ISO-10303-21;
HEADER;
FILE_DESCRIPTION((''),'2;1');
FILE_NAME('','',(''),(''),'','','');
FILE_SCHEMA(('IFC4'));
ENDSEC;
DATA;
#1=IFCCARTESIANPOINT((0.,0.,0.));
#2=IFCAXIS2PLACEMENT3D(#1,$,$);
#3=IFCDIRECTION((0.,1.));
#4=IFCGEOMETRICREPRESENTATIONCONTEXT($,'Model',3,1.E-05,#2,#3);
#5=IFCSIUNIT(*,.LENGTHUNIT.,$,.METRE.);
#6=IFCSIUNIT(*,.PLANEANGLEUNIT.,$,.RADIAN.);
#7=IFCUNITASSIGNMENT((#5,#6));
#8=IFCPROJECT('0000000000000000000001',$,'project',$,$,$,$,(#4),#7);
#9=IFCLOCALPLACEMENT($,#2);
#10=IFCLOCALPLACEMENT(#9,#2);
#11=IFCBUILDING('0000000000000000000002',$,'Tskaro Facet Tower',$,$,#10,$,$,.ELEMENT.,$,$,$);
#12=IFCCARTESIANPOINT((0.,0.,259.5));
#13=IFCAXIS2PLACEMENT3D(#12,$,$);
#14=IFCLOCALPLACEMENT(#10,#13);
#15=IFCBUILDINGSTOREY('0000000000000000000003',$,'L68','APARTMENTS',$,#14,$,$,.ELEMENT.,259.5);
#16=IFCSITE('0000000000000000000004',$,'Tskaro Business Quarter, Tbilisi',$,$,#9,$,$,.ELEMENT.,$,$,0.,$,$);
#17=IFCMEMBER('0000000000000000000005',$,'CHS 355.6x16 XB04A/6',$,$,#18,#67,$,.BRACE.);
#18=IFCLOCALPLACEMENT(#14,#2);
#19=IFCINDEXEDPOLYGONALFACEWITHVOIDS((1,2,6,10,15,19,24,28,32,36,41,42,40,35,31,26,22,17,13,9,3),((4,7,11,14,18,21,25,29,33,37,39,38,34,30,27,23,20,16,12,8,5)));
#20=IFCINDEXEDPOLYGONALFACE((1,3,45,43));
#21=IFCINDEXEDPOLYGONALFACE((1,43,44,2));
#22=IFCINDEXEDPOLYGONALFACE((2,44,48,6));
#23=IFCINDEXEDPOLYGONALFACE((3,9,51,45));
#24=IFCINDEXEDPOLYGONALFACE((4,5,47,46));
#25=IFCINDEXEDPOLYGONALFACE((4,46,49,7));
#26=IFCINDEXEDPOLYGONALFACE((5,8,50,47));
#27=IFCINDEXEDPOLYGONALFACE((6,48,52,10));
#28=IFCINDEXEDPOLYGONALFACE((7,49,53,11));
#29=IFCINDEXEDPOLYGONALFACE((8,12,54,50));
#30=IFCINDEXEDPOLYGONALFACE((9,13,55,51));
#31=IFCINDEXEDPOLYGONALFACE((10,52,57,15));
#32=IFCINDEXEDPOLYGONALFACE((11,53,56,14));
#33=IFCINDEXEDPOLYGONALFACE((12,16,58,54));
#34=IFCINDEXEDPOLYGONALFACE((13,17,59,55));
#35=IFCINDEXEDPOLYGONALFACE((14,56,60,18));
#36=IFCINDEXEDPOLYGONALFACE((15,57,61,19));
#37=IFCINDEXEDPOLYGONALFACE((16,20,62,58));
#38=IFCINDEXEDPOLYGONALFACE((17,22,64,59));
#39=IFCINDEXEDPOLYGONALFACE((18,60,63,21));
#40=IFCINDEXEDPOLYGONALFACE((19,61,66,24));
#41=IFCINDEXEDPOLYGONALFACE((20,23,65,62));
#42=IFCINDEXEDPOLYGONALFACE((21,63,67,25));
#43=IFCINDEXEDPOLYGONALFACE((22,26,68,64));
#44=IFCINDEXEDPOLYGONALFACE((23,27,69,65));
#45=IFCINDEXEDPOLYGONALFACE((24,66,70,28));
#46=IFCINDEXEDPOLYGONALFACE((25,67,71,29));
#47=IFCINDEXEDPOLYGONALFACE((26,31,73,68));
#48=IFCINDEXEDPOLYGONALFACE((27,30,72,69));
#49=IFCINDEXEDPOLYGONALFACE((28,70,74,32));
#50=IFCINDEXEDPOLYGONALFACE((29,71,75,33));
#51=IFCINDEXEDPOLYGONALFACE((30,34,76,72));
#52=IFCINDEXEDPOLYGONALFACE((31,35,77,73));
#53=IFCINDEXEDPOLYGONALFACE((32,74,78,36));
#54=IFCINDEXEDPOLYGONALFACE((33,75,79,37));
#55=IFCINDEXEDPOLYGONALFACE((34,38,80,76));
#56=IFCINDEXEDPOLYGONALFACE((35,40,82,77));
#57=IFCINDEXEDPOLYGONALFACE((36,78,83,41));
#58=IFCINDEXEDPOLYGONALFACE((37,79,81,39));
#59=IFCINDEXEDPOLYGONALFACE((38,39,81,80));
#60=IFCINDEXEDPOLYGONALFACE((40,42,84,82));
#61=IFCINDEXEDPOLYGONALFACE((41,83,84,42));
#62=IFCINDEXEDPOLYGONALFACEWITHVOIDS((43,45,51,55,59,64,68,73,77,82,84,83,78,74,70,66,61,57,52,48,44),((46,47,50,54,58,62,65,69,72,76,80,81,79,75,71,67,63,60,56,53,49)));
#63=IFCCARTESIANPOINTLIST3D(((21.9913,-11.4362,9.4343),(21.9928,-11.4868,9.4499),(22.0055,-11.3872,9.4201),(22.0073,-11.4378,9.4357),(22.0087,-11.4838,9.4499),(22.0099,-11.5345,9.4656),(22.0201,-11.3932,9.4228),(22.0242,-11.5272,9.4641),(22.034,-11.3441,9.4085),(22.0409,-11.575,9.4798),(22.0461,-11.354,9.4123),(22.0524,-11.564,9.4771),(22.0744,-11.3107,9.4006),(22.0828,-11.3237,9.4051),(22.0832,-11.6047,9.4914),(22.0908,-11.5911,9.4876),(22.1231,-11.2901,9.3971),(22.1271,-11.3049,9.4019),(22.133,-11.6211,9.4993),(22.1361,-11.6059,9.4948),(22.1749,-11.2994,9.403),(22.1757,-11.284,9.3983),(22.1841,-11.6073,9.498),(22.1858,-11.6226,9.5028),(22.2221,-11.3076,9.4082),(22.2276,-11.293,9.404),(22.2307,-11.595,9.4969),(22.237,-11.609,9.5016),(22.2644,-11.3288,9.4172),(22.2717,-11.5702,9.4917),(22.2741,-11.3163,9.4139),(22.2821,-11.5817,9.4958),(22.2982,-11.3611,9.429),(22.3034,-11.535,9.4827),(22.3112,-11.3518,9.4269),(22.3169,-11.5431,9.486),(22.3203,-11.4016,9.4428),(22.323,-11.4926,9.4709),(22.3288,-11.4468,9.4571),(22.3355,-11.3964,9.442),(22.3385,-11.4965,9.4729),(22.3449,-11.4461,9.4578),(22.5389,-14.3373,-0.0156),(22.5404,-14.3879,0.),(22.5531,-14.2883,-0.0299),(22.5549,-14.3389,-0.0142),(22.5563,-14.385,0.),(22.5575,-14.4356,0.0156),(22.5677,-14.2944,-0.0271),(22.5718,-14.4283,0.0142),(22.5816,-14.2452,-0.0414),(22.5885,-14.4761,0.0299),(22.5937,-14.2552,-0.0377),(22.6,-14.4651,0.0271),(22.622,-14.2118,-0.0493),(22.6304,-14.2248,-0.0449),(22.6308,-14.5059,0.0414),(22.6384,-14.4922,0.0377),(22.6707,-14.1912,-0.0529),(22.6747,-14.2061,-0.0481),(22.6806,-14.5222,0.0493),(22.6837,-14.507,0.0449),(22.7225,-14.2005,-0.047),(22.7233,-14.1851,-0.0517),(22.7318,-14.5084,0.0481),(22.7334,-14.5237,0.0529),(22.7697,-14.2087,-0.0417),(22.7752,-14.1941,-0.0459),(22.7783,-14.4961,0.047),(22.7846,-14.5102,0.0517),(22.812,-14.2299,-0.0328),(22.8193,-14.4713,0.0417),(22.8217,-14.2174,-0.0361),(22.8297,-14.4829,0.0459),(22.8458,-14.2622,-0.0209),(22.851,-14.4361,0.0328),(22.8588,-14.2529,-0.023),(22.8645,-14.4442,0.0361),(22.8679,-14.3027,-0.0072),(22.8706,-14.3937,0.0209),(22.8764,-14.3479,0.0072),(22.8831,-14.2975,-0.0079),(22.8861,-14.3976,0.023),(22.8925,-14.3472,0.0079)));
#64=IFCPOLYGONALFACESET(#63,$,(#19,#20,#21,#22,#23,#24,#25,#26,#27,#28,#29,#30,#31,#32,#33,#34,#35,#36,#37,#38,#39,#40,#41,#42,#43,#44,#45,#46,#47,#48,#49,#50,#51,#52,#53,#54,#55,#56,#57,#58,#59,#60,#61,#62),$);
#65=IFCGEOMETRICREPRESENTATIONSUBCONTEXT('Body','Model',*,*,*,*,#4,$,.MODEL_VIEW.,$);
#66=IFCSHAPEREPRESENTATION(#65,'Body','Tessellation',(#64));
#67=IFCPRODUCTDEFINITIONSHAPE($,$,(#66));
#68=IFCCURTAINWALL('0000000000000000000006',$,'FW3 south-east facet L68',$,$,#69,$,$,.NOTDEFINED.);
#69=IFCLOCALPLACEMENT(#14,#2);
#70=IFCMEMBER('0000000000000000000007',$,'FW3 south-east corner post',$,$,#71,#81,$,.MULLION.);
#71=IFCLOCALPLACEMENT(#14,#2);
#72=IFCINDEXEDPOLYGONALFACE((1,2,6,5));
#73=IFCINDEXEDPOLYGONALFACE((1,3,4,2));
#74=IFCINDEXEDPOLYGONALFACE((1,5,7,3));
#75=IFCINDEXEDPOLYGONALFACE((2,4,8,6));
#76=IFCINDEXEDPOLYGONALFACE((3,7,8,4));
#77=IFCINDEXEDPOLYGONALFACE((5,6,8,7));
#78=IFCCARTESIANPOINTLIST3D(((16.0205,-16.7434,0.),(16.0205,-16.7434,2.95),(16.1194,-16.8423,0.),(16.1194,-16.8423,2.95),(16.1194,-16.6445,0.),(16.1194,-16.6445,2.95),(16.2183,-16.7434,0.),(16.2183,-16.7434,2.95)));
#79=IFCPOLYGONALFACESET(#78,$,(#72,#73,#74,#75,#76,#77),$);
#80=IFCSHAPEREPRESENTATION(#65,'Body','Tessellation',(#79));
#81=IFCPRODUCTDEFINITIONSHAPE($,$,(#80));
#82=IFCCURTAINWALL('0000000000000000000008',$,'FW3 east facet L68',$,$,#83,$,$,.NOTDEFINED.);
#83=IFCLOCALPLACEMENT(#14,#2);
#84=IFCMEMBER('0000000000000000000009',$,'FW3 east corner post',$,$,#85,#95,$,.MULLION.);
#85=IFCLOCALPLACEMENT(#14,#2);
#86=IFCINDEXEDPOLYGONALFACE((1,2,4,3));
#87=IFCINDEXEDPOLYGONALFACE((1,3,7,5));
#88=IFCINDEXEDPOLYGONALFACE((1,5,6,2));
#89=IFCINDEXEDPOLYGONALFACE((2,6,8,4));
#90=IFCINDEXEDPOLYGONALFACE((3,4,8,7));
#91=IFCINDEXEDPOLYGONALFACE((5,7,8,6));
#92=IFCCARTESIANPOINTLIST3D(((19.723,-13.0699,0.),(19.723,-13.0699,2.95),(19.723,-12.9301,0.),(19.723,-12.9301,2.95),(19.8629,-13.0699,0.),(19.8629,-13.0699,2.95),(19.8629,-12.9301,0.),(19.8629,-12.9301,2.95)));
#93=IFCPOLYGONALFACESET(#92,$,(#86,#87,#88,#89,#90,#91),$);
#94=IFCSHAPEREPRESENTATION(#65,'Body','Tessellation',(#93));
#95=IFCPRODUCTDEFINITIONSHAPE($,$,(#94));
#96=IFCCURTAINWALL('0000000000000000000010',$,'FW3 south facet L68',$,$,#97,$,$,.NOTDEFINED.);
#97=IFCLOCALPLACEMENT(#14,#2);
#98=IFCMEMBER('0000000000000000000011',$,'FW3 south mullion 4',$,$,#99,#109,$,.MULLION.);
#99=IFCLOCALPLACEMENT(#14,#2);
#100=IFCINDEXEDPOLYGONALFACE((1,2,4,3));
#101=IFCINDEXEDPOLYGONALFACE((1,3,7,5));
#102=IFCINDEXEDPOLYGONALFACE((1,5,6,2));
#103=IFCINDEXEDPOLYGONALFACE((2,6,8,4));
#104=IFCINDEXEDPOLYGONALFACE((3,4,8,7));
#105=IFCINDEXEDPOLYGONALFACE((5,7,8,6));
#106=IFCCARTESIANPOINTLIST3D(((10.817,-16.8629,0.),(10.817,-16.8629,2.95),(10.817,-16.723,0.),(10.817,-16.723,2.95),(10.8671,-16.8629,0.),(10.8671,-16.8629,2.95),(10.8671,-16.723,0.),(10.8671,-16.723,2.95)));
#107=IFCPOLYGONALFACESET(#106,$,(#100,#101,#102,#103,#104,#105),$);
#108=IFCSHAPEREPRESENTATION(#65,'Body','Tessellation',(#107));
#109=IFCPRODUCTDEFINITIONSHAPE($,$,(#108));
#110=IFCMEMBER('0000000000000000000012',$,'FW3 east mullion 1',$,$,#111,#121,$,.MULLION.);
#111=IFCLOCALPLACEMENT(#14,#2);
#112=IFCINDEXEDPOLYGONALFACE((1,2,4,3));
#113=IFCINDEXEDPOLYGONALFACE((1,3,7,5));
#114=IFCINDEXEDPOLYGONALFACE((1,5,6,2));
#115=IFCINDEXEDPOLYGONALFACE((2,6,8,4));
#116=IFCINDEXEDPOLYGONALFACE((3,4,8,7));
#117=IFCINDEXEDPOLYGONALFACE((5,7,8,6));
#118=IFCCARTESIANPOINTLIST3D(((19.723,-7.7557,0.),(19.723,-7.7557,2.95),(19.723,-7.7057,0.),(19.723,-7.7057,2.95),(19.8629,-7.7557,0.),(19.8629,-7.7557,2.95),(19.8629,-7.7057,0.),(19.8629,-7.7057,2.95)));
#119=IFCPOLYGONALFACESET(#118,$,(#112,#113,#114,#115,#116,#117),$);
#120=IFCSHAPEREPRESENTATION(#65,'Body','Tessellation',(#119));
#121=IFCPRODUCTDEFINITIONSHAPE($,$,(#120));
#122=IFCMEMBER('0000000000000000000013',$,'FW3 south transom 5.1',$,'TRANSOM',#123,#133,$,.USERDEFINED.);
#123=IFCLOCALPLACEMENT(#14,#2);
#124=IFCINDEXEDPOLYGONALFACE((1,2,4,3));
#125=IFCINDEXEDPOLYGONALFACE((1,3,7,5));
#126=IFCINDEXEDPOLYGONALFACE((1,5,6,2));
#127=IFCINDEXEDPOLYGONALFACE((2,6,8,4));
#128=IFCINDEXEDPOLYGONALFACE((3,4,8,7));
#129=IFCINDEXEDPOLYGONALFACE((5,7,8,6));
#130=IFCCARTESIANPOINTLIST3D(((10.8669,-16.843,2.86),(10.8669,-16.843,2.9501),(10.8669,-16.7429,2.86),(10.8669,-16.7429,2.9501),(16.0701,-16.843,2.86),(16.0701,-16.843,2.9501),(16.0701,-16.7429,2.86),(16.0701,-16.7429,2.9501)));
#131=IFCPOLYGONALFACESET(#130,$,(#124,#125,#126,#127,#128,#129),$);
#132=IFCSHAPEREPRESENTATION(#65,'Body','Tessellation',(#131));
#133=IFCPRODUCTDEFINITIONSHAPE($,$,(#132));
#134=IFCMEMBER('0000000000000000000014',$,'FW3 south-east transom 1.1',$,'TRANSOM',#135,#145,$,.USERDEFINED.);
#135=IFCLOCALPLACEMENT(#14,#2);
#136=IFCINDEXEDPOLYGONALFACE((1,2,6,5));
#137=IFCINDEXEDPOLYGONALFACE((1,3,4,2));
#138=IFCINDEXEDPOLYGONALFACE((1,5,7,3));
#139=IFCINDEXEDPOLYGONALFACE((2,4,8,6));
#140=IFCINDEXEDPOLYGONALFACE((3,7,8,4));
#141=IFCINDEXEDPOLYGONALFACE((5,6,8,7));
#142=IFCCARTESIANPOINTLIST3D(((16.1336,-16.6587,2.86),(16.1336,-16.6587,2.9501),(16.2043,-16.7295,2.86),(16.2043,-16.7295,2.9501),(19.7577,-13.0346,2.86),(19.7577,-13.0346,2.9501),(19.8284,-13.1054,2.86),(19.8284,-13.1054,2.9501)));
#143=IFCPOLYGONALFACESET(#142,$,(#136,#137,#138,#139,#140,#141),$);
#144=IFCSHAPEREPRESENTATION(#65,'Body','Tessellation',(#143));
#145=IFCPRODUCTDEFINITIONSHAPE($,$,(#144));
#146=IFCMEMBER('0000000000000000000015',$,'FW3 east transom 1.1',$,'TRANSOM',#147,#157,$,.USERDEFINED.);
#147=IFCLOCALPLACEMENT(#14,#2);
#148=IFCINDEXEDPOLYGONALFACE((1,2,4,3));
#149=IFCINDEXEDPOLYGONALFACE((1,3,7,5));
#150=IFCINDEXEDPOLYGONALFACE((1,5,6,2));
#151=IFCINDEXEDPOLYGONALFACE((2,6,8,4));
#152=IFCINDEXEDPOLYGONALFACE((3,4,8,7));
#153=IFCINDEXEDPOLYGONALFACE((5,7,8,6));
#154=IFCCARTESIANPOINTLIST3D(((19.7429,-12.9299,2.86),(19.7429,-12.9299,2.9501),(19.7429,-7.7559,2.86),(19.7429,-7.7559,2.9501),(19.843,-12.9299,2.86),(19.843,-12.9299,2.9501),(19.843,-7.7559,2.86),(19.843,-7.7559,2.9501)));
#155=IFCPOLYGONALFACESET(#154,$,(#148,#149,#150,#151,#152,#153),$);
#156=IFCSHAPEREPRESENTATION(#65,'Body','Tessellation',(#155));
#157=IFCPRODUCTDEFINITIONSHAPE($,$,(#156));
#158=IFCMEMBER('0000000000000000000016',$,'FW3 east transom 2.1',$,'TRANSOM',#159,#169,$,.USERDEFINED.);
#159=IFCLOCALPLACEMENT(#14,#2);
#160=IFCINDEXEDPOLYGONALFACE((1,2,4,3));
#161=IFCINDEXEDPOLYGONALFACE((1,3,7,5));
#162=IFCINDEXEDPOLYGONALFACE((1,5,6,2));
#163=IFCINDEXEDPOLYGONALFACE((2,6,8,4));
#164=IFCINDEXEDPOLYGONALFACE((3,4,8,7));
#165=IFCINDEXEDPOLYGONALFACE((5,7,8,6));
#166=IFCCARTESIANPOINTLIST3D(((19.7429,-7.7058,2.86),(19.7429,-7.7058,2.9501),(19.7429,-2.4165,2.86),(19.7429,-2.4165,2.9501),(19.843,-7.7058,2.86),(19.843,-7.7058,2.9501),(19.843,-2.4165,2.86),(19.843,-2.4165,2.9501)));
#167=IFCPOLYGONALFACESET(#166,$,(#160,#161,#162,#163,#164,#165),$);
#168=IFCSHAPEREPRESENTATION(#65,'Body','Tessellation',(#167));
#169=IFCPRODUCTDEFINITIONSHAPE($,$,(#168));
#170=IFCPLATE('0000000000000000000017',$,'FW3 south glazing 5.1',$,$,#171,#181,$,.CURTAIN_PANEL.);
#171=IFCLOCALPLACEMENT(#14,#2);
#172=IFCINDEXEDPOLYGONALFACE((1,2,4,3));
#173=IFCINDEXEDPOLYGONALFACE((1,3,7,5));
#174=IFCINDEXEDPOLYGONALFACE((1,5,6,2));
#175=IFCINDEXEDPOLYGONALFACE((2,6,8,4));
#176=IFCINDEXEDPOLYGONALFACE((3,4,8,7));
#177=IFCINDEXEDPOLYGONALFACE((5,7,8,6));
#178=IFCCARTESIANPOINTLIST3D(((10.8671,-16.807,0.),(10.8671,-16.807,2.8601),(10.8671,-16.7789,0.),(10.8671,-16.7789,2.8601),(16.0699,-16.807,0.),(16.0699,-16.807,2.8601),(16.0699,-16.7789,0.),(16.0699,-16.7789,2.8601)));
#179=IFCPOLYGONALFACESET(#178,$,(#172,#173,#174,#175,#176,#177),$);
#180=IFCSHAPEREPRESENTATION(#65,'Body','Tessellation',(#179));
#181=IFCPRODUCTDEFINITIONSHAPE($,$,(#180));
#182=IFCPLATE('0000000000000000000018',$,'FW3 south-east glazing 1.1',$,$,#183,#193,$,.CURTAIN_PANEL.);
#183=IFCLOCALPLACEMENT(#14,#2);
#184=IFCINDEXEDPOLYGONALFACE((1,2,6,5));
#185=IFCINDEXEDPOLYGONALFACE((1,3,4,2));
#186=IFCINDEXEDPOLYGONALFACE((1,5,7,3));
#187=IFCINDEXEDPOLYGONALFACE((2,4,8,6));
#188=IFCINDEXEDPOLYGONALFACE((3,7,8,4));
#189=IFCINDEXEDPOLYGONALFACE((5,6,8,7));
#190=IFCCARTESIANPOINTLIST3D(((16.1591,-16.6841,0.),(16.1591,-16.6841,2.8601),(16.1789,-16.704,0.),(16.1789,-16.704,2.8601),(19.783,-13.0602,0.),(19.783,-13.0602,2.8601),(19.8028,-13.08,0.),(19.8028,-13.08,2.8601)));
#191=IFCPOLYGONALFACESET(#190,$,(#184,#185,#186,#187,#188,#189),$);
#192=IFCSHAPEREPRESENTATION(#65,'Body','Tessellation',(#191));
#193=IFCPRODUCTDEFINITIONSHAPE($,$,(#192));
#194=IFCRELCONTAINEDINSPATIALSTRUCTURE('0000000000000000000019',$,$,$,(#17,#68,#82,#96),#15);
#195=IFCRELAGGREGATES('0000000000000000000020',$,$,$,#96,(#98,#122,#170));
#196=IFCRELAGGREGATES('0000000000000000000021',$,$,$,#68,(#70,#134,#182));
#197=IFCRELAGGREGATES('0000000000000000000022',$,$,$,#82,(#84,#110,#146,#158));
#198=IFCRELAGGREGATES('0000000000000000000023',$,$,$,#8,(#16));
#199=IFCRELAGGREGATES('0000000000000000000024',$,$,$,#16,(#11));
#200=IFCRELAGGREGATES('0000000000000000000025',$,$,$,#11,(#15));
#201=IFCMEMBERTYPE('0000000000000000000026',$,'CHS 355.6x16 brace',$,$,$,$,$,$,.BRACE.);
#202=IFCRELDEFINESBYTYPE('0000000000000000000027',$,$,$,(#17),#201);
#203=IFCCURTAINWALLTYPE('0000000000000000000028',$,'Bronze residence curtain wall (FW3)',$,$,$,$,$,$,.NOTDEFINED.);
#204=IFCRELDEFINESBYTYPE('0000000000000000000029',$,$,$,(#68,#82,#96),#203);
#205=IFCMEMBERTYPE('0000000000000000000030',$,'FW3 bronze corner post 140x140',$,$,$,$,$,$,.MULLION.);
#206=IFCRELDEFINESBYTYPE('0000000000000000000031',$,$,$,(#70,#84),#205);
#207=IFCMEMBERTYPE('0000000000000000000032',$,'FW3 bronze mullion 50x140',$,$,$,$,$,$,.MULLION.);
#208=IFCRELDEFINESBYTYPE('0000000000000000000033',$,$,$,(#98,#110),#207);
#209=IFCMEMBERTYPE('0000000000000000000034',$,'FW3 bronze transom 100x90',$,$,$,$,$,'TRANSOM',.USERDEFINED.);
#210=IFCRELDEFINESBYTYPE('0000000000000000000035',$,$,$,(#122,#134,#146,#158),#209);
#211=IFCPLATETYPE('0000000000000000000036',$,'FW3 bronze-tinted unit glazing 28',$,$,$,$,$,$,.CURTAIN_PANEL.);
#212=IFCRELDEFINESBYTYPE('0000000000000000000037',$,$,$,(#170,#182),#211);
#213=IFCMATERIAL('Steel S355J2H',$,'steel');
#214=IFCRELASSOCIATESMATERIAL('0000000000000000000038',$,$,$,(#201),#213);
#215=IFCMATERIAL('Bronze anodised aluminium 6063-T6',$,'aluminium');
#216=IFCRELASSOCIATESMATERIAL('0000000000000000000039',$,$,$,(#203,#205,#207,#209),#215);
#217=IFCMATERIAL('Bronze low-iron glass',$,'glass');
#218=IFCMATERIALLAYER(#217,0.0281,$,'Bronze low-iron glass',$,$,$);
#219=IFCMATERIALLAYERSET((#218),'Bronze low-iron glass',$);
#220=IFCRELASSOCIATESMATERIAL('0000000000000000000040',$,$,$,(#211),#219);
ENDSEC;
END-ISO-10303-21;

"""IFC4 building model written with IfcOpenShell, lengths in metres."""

from ifc_helpers import new_model, si_unit, direction, frame, origin, origin_2d, place, context, subcontext, project, spatial, rectangle, hollow_circle, extrude, material, layer, layer_set, material_profile, profile_set, type_object, element, aggregate, save


model = new_model("IFC4")

# Units and contexts
model_context = context("Model", 3, precision=1e-05, world=origin(), true_north=direction((0.0, 1.0)))
body_context = subcontext(model_context, "Body", "Model", "MODEL_VIEW")
ifc_project = project(units=[si_unit("LENGTHUNIT", "METRE"), si_unit("PLANEANGLEUNIT", "RADIAN")], contexts=[model_context])

# Site, building, storey
site_placement = place(None, origin())
site = spatial("IfcSite", under=ifc_project, at=site_placement, Name="Tskaro Business Quarter, Tbilisi", CompositionType="ELEMENT", RefElevation=0.0)
building_placement = place(site_placement, origin())
building = spatial("IfcBuilding", under=site, at=building_placement, Name="Tskaro Facet Tower", CompositionType="ELEMENT")
storey_placement = place(building_placement, frame((0.0, 0.0, 259.5)))
storey = spatial("IfcBuildingStorey", under=building, at=storey_placement, Name="L68", Description="APARTMENTS", CompositionType="ELEMENT", Elevation=259.5)

# Shared definitions
ifc_material_1 = material(Name="Steel S355J2H", Category="steel")

# Member
ifc_material_profile_1 = material_profile(ifc_material_1, hollow_circle(Radius=0.1777, WallThickness=0.0161, at=origin_2d()), Name="CHS 355.6x16")
ifc_profile_set_1 = profile_set([ifc_material_profile_1], Name="Steel S355J2H")
member_type_1 = type_object("IfcMemberType", Name="CHS 355.6x16 brace", PredefinedType="BRACE", material=ifc_profile_set_1)
member_1_placement = place(storey_placement, frame((22.7151, -14.355, 0.0), z_axis=(-0.055312, 0.293031, 0.954502), x_axis=(-0.982648, -0.185482, 0.0)))
element("IfcMember", 1, at=member_1_placement, inside=storey, type_object=member_type_1, Name="CHS 355.6x16 XB04A/6", PredefinedType="BRACE", context=body_context, shape_type="SweptSolid", body=[
    extrude(hollow_circle(Radius=0.1777, WallThickness=0.0161, at=origin_2d()), origin(), (0.0, 0.0, 1.0), 9.9004),
])

# Curtain walls, members
ifc_material_2 = material(Name="Bronze anodised aluminium 6063-T6", Category="aluminium")
curtain_wall_type = type_object("IfcCurtainWallType", Name="Bronze residence curtain wall (FW3)", PredefinedType="NOTDEFINED", material=ifc_material_2)
curtain_wall_1_placement = place(storey_placement, origin())
curtain_wall_1 = element("IfcCurtainWall", 2, at=curtain_wall_1_placement, inside=storey, type_object=curtain_wall_type, Name="FW3 south-east facet L68", PredefinedType="NOTDEFINED")
ifc_material_profile_2 = material_profile(ifc_material_2, rectangle(XDim=0.1399, YDim=0.1399, at=origin_2d()), Name="Corner post 140x140")
ifc_profile_set_2 = profile_set([ifc_material_profile_2], Name="Bronze anodised aluminium 6063-T6")
member_type_2 = type_object("IfcMemberType", Name="FW3 bronze corner post 140x140", PredefinedType="MULLION", material=ifc_profile_set_2)
member_2_placement = place(storey_placement, frame((16.1194, -16.7434, 0.0), z_axis=(0.0, 0.0, 1.0), x_axis=(0.707107, 0.707107, 0.0)))
member_2 = element("IfcMember", 3, at=member_2_placement, type_object=member_type_2, Name="FW3 south-east corner post", PredefinedType="MULLION", context=body_context, shape_type="SweptSolid", body=[
    extrude(rectangle(XDim=0.1399, YDim=0.1399, at=origin_2d()), origin(), (0.0, 0.0, 1.0), 2.95),
])
curtain_wall_2_placement = place(storey_placement, origin())
curtain_wall_2 = element("IfcCurtainWall", 4, at=curtain_wall_2_placement, inside=storey, type_object=curtain_wall_type, Name="FW3 east facet L68", PredefinedType="NOTDEFINED")
member_3_placement = place(storey_placement, frame((19.793, -13.0, 0.0), z_axis=(0.0, 0.0, 1.0), x_axis=(0.0, 1.0, 0.0)))
member_3 = element("IfcMember", 5, at=member_3_placement, type_object=member_type_2, Name="FW3 east corner post", PredefinedType="MULLION", context=body_context, shape_type="SweptSolid", body=[
    extrude(rectangle(XDim=0.1399, YDim=0.1399, at=origin_2d()), origin(), (0.0, 0.0, 1.0), 2.95),
])
curtain_wall_3_placement = place(storey_placement, origin())
curtain_wall_3 = element("IfcCurtainWall", 6, at=curtain_wall_3_placement, inside=storey, type_object=curtain_wall_type, Name="FW3 south facet L68", PredefinedType="NOTDEFINED")
ifc_material_profile_3 = material_profile(ifc_material_2, rectangle(XDim=0.05, YDim=0.1399, at=origin_2d()), Name="Mullion 50x140")
ifc_profile_set_3 = profile_set([ifc_material_profile_3], Name="Bronze anodised aluminium 6063-T6")
member_type_3 = type_object("IfcMemberType", Name="FW3 bronze mullion 50x140", PredefinedType="MULLION", material=ifc_profile_set_3)
member_4_placement = place(storey_placement, frame((10.842, -16.793, 0.0), z_axis=(0.0, 0.0, 1.0), x_axis=(1.0, 0.0, 0.0)))
member_4 = element("IfcMember", 7, at=member_4_placement, type_object=member_type_3, Name="FW3 south mullion 4", PredefinedType="MULLION", context=body_context, shape_type="SweptSolid", body=[
    extrude(rectangle(XDim=0.05, YDim=0.1399, at=origin_2d()), origin(), (0.0, 0.0, 1.0), 2.95),
])

# Members
member_5_placement = place(storey_placement, frame((19.793, -7.7307, 0.0), z_axis=(0.0, 0.0, 1.0), x_axis=(0.0, 1.0, 0.0)))
member_5 = element("IfcMember", 8, at=member_5_placement, type_object=member_type_3, Name="FW3 east mullion 1", PredefinedType="MULLION", context=body_context, shape_type="SweptSolid", body=[
    extrude(rectangle(XDim=0.05, YDim=0.1399, at=origin_2d()), origin(), (0.0, 0.0, 1.0), 2.95),
])
ifc_material_profile_4 = material_profile(ifc_material_2, rectangle(XDim=0.1001, YDim=0.0901, at=origin_2d()), Name="Transom 100x90")
ifc_profile_set_4 = profile_set([ifc_material_profile_4], Name="Bronze anodised aluminium 6063-T6")
member_type_4 = type_object("IfcMemberType", Name="FW3 bronze transom 100x90", ElementType="TRANSOM", PredefinedType="USERDEFINED", material=ifc_profile_set_4)
member_6_placement = place(storey_placement, frame((10.8669, -16.793, 2.905), z_axis=(1.0, 0.0, 0.0), x_axis=(0.0, 1.0, 0.0)))
member_6 = element("IfcMember", 9, at=member_6_placement, type_object=member_type_4, Name="FW3 south transom 5.1", ObjectType="TRANSOM", PredefinedType="USERDEFINED", context=body_context, shape_type="SweptSolid", body=[
    extrude(rectangle(XDim=0.1001, YDim=0.0901, at=origin_2d()), origin(), (0.0, 0.0, 1.0), 5.2031),
])
member_7_placement = place(storey_placement, frame((16.1689, -16.6941, 2.905), z_axis=(0.707107, 0.707107, 0.0), x_axis=(-0.707107, 0.707107, 0.0)))
member_7 = element("IfcMember", 10, at=member_7_placement, type_object=member_type_4, Name="FW3 south-east transom 1.1", ObjectType="TRANSOM", PredefinedType="USERDEFINED", context=body_context, shape_type="SweptSolid", body=[
    extrude(rectangle(XDim=0.1001, YDim=0.0901, at=origin_2d()), origin(), (0.0, 0.0, 1.0), 5.1252),
])
member_8_placement = place(storey_placement, frame((19.793, -12.9299, 2.905), z_axis=(0.0, 1.0, 0.0), x_axis=(-1.0, 0.0, 0.0)))
member_8 = element("IfcMember", 11, at=member_8_placement, type_object=member_type_4, Name="FW3 east transom 1.1", ObjectType="TRANSOM", PredefinedType="USERDEFINED", context=body_context, shape_type="SweptSolid", body=[
    extrude(rectangle(XDim=0.1001, YDim=0.0901, at=origin_2d()), origin(), (0.0, 0.0, 1.0), 5.1741),
])
member_9_placement = place(storey_placement, frame((19.793, -7.7058, 2.905), z_axis=(0.0, 1.0, 0.0), x_axis=(-1.0, 0.0, 0.0)))
member_9 = element("IfcMember", 12, at=member_9_placement, type_object=member_type_4, Name="FW3 east transom 2.1", ObjectType="TRANSOM", PredefinedType="USERDEFINED", context=body_context, shape_type="SweptSolid", body=[
    extrude(rectangle(XDim=0.1001, YDim=0.0901, at=origin_2d()), origin(), (0.0, 0.0, 1.0), 5.2893),
])

# Plates
ifc_material_3 = material(Name="Bronze low-iron glass", Category="glass")
ifc_layer_1 = layer(ifc_material_3, 0.0281, Name="Bronze low-iron glass")
ifc_layer_set_1 = layer_set([ifc_layer_1], Name="Bronze low-iron glass")
plate_type = type_object("IfcPlateType", Name="FW3 bronze-tinted unit glazing 28", PredefinedType="CURTAIN_PANEL", material=ifc_layer_set_1)
plate_1_placement = place(storey_placement, frame((13.4685, -16.793, 0.0), z_axis=(0.0, 0.0, 1.0), x_axis=(1.0, 0.0, 0.0)))
plate_1 = element("IfcPlate", 13, at=plate_1_placement, type_object=plate_type, Name="FW3 south glazing 5.1", PredefinedType="CURTAIN_PANEL", context=body_context, shape_type="SweptSolid", body=[
    extrude(rectangle(XDim=5.2029, YDim=0.0281, at=origin_2d()), origin(), (0.0, 0.0, 1.0), 2.8601),
])
aggregate(curtain_wall_3, [member_4, member_6, plate_1])
plate_2_placement = place(storey_placement, frame((17.981, -14.8821, 0.0), z_axis=(0.0, 0.0, 1.0), x_axis=(0.707107, 0.707107, 0.0)))
plate_2 = element("IfcPlate", 14, at=plate_2_placement, type_object=plate_type, Name="FW3 south-east glazing 1.1", PredefinedType="CURTAIN_PANEL", context=body_context, shape_type="SweptSolid", body=[
    extrude(rectangle(XDim=5.125, YDim=0.0281, at=origin_2d()), origin(), (0.0, 0.0, 1.0), 2.8601),
])
aggregate(curtain_wall_1, [member_2, member_7, plate_2])
aggregate(curtain_wall_2, [member_3, member_5, member_8, member_9])

save(model, "model.ifc")
